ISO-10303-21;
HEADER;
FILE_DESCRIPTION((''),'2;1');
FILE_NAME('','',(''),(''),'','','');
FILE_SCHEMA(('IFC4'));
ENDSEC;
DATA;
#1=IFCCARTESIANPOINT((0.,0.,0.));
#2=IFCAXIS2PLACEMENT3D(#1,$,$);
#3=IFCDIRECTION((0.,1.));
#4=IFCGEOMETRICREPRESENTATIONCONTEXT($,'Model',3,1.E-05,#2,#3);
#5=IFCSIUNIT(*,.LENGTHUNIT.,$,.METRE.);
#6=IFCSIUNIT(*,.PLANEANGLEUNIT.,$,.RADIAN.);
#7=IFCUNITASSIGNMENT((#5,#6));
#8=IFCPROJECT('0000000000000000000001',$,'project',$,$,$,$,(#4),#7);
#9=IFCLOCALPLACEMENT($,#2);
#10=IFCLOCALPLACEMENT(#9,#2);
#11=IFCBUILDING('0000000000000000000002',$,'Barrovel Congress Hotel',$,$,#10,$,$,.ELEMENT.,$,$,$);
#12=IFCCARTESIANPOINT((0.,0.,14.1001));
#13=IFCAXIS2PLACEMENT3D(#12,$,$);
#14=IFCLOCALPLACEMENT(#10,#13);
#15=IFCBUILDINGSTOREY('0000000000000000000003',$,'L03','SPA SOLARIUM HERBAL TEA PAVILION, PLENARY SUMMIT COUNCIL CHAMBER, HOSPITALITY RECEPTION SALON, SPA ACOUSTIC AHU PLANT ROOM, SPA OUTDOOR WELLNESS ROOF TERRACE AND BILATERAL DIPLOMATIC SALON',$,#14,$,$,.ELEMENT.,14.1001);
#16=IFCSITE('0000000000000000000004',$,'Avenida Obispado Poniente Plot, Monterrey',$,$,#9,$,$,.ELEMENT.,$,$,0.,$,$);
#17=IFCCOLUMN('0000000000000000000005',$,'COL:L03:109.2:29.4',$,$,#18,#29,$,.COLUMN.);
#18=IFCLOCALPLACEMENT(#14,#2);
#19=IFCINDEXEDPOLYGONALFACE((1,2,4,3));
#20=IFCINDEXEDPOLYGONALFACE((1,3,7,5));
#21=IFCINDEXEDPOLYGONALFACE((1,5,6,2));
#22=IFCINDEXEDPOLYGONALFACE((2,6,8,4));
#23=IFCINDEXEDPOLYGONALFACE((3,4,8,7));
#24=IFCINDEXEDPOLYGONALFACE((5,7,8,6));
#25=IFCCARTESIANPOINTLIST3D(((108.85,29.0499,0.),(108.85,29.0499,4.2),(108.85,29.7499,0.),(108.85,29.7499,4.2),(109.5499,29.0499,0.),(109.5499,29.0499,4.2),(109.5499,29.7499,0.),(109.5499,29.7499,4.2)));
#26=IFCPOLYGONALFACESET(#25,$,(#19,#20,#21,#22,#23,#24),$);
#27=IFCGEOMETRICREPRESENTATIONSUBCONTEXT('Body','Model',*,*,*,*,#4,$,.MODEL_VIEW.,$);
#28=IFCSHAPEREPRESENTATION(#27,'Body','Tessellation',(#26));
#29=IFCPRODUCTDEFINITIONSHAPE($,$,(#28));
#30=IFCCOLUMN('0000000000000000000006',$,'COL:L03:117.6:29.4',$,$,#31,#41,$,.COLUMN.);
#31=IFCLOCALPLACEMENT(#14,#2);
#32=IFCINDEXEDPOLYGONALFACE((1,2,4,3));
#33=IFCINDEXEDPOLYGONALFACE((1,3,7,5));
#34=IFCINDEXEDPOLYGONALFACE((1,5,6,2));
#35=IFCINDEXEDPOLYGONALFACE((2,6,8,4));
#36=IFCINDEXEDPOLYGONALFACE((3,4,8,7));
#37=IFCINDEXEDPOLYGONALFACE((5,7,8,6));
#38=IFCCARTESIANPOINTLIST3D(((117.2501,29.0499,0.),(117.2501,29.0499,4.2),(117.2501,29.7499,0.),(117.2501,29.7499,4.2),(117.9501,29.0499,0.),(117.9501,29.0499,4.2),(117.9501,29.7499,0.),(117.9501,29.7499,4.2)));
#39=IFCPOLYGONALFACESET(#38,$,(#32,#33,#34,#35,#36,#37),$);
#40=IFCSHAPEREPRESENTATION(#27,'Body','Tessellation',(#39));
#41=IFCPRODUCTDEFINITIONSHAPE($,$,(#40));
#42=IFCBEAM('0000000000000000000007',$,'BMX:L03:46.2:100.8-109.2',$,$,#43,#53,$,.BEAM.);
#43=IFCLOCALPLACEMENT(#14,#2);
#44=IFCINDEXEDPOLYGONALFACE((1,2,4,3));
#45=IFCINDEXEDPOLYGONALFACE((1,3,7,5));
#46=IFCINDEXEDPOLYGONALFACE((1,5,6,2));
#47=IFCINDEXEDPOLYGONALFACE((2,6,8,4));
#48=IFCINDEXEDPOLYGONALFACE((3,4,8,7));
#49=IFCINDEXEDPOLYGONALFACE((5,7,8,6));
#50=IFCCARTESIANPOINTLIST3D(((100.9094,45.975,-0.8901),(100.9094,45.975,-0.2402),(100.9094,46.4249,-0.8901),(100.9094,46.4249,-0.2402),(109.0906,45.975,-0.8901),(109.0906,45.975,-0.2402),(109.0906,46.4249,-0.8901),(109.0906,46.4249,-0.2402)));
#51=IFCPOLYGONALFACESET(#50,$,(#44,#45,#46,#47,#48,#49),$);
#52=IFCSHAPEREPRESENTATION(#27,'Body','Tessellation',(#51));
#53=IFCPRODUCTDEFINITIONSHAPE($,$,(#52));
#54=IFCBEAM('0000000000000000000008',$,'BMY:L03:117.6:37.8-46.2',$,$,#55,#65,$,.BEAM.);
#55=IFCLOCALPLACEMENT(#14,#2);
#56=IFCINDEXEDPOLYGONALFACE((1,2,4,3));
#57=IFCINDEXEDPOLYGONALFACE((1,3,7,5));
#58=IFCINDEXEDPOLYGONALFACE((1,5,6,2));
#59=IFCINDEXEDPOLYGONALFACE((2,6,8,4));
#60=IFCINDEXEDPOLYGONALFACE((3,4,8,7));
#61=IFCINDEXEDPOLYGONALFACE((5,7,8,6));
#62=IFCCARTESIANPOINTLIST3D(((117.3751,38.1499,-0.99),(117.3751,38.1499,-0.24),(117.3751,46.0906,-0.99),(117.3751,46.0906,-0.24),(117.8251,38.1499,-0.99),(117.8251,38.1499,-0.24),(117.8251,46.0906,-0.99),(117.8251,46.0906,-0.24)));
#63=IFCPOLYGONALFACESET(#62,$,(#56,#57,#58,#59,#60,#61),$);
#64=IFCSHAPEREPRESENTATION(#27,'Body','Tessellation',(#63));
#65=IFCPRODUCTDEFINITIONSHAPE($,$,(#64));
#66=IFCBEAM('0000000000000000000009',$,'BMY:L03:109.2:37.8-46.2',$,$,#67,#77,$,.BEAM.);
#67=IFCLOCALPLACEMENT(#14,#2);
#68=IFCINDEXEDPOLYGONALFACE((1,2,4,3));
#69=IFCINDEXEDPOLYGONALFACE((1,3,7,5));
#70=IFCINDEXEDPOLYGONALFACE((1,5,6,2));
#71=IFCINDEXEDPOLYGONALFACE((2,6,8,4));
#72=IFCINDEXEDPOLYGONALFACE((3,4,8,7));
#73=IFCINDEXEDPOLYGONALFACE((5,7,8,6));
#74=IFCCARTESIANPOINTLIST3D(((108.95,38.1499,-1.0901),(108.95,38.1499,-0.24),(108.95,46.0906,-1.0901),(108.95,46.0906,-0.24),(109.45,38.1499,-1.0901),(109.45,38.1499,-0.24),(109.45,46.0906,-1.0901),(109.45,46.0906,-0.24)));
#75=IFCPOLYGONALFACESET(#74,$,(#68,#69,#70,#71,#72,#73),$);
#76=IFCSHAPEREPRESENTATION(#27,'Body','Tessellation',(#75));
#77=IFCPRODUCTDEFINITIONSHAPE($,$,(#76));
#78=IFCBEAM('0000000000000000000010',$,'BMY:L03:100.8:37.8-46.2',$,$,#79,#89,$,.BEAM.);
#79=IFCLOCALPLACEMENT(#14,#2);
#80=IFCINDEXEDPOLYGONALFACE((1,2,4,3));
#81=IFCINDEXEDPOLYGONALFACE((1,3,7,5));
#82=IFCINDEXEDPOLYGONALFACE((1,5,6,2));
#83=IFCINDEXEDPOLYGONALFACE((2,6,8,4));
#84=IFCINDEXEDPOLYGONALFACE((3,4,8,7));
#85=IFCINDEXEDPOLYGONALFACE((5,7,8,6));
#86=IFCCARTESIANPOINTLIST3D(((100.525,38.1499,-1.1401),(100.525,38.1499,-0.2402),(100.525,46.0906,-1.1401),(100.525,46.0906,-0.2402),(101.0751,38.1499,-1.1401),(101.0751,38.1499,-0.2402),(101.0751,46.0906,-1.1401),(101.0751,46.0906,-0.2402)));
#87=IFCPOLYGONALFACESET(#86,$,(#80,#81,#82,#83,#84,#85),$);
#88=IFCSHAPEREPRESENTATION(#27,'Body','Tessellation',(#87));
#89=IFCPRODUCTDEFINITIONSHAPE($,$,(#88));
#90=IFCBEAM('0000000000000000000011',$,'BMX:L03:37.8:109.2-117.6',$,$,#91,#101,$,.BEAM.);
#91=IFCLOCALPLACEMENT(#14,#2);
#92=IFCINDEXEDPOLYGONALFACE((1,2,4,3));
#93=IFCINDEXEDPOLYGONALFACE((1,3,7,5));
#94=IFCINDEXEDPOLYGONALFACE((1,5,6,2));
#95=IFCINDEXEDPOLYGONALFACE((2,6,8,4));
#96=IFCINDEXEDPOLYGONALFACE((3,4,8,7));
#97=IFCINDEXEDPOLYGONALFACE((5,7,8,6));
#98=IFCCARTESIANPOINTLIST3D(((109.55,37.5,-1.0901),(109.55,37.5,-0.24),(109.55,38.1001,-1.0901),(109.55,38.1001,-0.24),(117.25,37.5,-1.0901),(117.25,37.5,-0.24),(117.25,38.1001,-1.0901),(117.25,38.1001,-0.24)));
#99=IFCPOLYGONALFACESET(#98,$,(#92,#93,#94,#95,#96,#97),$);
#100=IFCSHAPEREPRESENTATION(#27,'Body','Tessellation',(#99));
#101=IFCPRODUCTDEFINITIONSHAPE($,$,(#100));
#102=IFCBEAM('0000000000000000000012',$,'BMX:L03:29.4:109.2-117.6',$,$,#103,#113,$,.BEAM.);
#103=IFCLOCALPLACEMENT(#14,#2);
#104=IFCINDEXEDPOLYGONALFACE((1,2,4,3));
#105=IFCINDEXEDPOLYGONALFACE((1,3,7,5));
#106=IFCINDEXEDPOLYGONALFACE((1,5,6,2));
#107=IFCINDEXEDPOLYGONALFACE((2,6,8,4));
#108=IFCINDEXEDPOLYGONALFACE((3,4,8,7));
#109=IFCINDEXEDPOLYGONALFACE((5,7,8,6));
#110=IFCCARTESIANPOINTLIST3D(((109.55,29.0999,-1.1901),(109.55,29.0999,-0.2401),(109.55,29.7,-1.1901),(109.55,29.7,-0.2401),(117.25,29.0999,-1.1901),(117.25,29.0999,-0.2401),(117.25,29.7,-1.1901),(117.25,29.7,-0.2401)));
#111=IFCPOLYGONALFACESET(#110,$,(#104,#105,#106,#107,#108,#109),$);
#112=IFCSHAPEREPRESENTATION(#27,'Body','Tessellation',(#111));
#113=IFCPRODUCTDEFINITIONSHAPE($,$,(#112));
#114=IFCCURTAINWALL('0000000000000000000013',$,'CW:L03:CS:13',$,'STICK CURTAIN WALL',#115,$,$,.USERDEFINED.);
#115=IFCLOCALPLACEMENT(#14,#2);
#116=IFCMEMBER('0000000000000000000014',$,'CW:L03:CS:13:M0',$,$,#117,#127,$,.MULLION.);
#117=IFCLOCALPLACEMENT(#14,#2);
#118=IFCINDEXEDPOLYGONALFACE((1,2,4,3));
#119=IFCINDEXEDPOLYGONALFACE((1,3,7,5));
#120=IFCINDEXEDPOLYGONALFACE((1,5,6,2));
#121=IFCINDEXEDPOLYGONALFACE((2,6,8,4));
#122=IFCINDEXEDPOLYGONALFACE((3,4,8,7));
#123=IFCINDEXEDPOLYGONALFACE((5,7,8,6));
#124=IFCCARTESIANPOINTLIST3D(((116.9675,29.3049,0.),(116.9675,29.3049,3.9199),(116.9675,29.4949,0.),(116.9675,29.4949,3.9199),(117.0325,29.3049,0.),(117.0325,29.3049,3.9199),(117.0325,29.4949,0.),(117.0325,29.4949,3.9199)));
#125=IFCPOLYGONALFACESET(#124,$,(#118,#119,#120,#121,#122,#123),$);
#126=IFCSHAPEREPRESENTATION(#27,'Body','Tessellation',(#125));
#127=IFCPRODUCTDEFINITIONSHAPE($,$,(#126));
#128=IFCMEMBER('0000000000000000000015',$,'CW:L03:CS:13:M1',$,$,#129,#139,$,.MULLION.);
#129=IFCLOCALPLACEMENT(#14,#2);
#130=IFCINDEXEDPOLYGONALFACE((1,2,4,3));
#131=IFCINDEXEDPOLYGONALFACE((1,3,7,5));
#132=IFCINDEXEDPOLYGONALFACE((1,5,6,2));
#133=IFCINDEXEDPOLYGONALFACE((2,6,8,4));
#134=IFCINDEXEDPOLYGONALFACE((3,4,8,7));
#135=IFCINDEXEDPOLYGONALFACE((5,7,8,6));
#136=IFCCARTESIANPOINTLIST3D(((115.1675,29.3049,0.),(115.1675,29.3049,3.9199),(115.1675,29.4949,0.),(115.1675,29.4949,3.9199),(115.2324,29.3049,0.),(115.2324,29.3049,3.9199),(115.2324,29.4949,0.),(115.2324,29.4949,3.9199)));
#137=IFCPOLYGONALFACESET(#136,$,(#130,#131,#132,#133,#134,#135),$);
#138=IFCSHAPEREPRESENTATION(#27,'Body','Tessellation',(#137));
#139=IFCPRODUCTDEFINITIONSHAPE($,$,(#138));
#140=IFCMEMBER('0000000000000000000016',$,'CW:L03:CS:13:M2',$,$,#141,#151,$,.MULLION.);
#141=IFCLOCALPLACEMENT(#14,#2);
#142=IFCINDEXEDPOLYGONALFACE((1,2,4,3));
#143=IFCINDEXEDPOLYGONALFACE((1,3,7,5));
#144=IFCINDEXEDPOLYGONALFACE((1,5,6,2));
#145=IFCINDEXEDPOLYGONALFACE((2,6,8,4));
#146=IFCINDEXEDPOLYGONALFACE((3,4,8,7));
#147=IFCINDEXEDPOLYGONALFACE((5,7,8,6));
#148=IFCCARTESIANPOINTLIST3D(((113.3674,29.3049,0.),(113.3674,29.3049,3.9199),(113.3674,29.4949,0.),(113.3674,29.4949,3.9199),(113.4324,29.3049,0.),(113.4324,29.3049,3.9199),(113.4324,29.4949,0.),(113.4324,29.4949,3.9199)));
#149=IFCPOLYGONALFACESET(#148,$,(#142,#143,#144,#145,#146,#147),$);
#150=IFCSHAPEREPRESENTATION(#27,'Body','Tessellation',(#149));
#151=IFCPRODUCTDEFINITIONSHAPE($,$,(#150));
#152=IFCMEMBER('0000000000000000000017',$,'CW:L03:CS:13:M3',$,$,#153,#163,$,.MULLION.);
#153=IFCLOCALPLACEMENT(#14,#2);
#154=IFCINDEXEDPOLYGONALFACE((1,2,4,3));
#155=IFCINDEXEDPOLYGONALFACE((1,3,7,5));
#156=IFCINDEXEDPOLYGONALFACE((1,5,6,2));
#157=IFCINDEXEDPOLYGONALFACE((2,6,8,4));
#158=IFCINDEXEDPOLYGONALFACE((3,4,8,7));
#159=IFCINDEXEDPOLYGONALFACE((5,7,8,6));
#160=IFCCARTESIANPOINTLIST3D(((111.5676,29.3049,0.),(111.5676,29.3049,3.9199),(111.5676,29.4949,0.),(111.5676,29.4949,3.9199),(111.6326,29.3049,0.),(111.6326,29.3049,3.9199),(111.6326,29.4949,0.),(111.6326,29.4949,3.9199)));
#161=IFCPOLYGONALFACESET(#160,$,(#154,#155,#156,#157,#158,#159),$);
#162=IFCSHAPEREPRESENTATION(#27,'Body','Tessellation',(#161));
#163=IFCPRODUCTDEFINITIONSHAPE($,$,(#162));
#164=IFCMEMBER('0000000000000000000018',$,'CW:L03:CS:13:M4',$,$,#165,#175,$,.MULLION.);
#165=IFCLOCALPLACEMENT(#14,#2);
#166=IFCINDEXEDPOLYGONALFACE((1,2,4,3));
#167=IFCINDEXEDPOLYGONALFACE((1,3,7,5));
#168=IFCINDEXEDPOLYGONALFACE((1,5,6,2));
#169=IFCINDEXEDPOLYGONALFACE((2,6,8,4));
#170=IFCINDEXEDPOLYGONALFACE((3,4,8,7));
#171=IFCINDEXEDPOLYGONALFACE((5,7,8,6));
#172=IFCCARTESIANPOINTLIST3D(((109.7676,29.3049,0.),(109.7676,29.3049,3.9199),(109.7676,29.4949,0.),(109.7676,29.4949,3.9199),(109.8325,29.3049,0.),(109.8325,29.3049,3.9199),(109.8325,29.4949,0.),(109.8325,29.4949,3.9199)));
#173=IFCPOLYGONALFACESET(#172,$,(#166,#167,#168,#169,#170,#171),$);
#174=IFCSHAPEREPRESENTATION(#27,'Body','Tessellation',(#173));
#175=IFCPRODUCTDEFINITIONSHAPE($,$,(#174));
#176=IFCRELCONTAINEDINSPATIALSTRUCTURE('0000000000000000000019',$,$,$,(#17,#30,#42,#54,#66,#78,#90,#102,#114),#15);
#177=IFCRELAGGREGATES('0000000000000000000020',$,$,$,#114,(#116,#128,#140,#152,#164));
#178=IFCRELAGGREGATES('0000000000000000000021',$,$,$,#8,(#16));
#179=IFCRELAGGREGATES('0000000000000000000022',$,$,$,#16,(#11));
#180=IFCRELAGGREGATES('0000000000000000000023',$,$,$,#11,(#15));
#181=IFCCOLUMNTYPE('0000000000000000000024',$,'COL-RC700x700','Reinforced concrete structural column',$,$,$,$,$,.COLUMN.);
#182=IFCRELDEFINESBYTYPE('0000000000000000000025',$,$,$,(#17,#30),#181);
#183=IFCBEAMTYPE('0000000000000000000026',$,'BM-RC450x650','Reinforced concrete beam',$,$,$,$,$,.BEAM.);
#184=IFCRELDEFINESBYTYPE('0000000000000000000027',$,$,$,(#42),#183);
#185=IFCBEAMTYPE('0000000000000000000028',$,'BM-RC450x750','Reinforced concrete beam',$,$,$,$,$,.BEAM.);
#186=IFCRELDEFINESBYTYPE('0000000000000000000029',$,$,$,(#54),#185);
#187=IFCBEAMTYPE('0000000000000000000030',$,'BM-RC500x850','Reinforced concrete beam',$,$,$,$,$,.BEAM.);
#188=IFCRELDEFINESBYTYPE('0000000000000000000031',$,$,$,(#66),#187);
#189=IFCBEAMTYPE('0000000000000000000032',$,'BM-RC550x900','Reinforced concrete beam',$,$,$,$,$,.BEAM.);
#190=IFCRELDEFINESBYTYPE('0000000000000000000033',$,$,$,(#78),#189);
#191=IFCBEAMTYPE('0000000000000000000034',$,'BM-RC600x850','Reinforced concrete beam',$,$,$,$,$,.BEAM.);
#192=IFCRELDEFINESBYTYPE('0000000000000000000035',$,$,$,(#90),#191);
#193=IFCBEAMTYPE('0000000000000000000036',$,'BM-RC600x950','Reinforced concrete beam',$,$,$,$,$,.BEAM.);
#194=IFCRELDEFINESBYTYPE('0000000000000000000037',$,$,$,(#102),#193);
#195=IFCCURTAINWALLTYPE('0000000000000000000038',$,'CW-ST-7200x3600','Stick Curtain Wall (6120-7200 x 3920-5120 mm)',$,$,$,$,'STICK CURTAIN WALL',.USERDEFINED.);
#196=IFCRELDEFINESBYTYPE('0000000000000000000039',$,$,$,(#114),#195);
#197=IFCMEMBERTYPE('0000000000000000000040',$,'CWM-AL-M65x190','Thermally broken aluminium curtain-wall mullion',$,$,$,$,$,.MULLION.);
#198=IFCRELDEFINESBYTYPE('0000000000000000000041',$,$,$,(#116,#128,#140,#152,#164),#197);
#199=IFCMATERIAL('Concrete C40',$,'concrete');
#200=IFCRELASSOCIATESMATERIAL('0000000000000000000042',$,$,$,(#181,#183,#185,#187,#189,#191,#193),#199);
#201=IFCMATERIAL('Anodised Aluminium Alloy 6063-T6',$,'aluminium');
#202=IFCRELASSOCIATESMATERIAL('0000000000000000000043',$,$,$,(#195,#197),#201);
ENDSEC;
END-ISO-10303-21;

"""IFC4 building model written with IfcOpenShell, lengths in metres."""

from ifc_helpers import new_model, si_unit, direction, frame, origin, origin_2d, place, context, subcontext, project, spatial, rectangle, extrude, material, material_profile, profile_set, type_object, element, aggregate, save


model = new_model("IFC4")

# Units and contexts
model_context = context("Model", 3, precision=1e-05, world=origin(), true_north=direction((0.0, 1.0)))
body_context = subcontext(model_context, "Body", "Model", "MODEL_VIEW")
ifc_project = project(units=[si_unit("LENGTHUNIT", "METRE"), si_unit("PLANEANGLEUNIT", "RADIAN")], contexts=[model_context])

# Site, building, storey
site_placement = place(None, origin())
site = spatial("IfcSite", under=ifc_project, at=site_placement, Name="Avenida Obispado Poniente Plot, Monterrey", CompositionType="ELEMENT", RefElevation=0.0)
building_placement = place(site_placement, origin())
building = spatial("IfcBuilding", under=site, at=building_placement, Name="Barrovel Congress Hotel", CompositionType="ELEMENT")
storey_placement = place(building_placement, frame((0.0, 0.0, 14.1001)))
storey = spatial("IfcBuildingStorey", under=building, at=storey_placement, Name="L03", Description="SPA SOLARIUM HERBAL TEA PAVILION, PLENARY SUMMIT COUNCIL CHAMBER, HOSPITALITY RECEPTION SALON, SPA ACOUSTIC AHU PLANT ROOM, SPA OUTDOOR WELLNESS ROOF TERRACE AND BILATERAL DIPLOMATIC SALON", CompositionType="ELEMENT", Elevation=14.1001)

# Columns
ifc_material_1 = material(Name="Concrete C40", Category="concrete")
ifc_material_profile_1 = material_profile(ifc_material_1, rectangle(XDim=0.7, YDim=0.7, at=origin_2d()), Name="RC700x700")
ifc_profile_set_1 = profile_set([ifc_material_profile_1], Name="Concrete C40")
column_type = type_object("IfcColumnType", Name="COL-RC700x700", Description="Reinforced concrete structural column", PredefinedType="COLUMN", material=ifc_profile_set_1)
for number, where, z_axis, x_axis, name in (
    (1, (109.2, 29.3999, 0.0), (0.0, 0.0, 1.0), (1.0, 0.0, 0.0), "COL:L03:109.2:29.4"),
    (2, (117.6001, 29.3999, 0.0), (0.0, 0.0, 1.0), (1.0, 0.0, 0.0), "COL:L03:117.6:29.4"),
):
    element("IfcColumn", number, at=place(storey_placement, frame(where, z_axis=z_axis, x_axis=x_axis)), inside=storey, type_object=column_type, Name=name, PredefinedType="COLUMN", context=body_context, shape_type="SweptSolid", body=[
        extrude(rectangle(XDim=0.7, YDim=0.7, at=origin_2d()), origin(), (0.0, 0.0, 1.0), 4.2),
    ])

# Beams
ifc_material_profile_2 = material_profile(ifc_material_1, rectangle(XDim=0.45, YDim=0.6499, at=origin_2d()), Name="RC450x650")
ifc_profile_set_2 = profile_set([ifc_material_profile_2], Name="Concrete C40")
beam_type_1 = type_object("IfcBeamType", Name="BM-RC450x650", Description="Reinforced concrete beam", PredefinedType="BEAM", material=ifc_profile_set_2)
beam_1_placement = place(storey_placement, frame((100.9094, 46.2, -0.5652), z_axis=(1.0, 0.0, 0.0), x_axis=(0.0, 1.0, 0.0)))
element("IfcBeam", 3, at=beam_1_placement, inside=storey, type_object=beam_type_1, Name="BMX:L03:46.2:100.8-109.2", PredefinedType="BEAM", context=body_context, shape_type="SweptSolid", body=[
    extrude(rectangle(XDim=0.45, YDim=0.6499, at=origin_2d()), origin(), (0.0, 0.0, 1.0), 8.1812),
])
ifc_material_profile_3 = material_profile(ifc_material_1, rectangle(XDim=0.45, YDim=0.75, at=origin_2d()), Name="RC450x750")
ifc_profile_set_3 = profile_set([ifc_material_profile_3], Name="Concrete C40")
beam_type_2 = type_object("IfcBeamType", Name="BM-RC450x750", Description="Reinforced concrete beam", PredefinedType="BEAM", material=ifc_profile_set_3)
beam_2_placement = place(storey_placement, frame((117.6001, 38.1499, -0.615), z_axis=(0.0, 1.0, 0.0), x_axis=(-1.0, 0.0, 0.0)))
element("IfcBeam", 4, at=beam_2_placement, inside=storey, type_object=beam_type_2, Name="BMY:L03:117.6:37.8-46.2", PredefinedType="BEAM", context=body_context, shape_type="SweptSolid", body=[
    extrude(rectangle(XDim=0.45, YDim=0.75, at=origin_2d()), origin(), (0.0, 0.0, 1.0), 7.9407),
])
ifc_material_profile_4 = material_profile(ifc_material_1, rectangle(XDim=0.5, YDim=0.8501, at=origin_2d()), Name="RC500x850")
ifc_profile_set_4 = profile_set([ifc_material_profile_4], Name="Concrete C40")
beam_type_3 = type_object("IfcBeamType", Name="BM-RC500x850", Description="Reinforced concrete beam", PredefinedType="BEAM", material=ifc_profile_set_4)
beam_3_placement = place(storey_placement, frame((109.2, 38.1499, -0.665), z_axis=(0.0, 1.0, 0.0), x_axis=(-1.0, 0.0, 0.0)))
element("IfcBeam", 5, at=beam_3_placement, inside=storey, type_object=beam_type_3, Name="BMY:L03:109.2:37.8-46.2", PredefinedType="BEAM", context=body_context, shape_type="SweptSolid", body=[
    extrude(rectangle(XDim=0.5, YDim=0.8501, at=origin_2d()), origin(), (0.0, 0.0, 1.0), 7.9407),
])
ifc_material_profile_5 = material_profile(ifc_material_1, rectangle(XDim=0.55, YDim=0.8999, at=origin_2d()), Name="RC550x900")
ifc_profile_set_5 = profile_set([ifc_material_profile_5], Name="Concrete C40")
beam_type_4 = type_object("IfcBeamType", Name="BM-RC550x900", Description="Reinforced concrete beam", PredefinedType="BEAM", material=ifc_profile_set_5)
beam_4_placement = place(storey_placement, frame((100.8, 38.1499, -0.6902), z_axis=(0.0, 1.0, 0.0), x_axis=(-1.0, 0.0, 0.0)))
element("IfcBeam", 6, at=beam_4_placement, inside=storey, type_object=beam_type_4, Name="BMY:L03:100.8:37.8-46.2", PredefinedType="BEAM", context=body_context, shape_type="SweptSolid", body=[
    extrude(rectangle(XDim=0.55, YDim=0.8999, at=origin_2d()), origin(), (0.0, 0.0, 1.0), 7.9407),
])
ifc_material_profile_6 = material_profile(ifc_material_1, rectangle(XDim=0.6001, YDim=0.8501, at=origin_2d()), Name="RC600x850")
ifc_profile_set_6 = profile_set([ifc_material_profile_6], Name="Concrete C40")
beam_type_5 = type_object("IfcBeamType", Name="BM-RC600x850", Description="Reinforced concrete beam", PredefinedType="BEAM", material=ifc_profile_set_6)
beam_5_placement = place(storey_placement, frame((109.55, 37.8, -0.665), z_axis=(1.0, 0.0, 0.0), x_axis=(0.0, 1.0, 0.0)))
element("IfcBeam", 7, at=beam_5_placement, inside=storey, type_object=beam_type_5, Name="BMX:L03:37.8:109.2-117.6", PredefinedType="BEAM", context=body_context, shape_type="SweptSolid", body=[
    extrude(rectangle(XDim=0.6001, YDim=0.8501, at=origin_2d()), origin(), (0.0, 0.0, 1.0), 7.7),
])
ifc_material_profile_7 = material_profile(ifc_material_1, rectangle(XDim=0.6001, YDim=0.95, at=origin_2d()), Name="RC600x950")
ifc_profile_set_7 = profile_set([ifc_material_profile_7], Name="Concrete C40")
beam_type_6 = type_object("IfcBeamType", Name="BM-RC600x950", Description="Reinforced concrete beam", PredefinedType="BEAM", material=ifc_profile_set_7)
beam_6_placement = place(storey_placement, frame((109.55, 29.3999, -0.7151), z_axis=(1.0, 0.0, 0.0), x_axis=(0.0, 1.0, 0.0)))
element("IfcBeam", 8, at=beam_6_placement, inside=storey, type_object=beam_type_6, Name="BMX:L03:29.4:109.2-117.6", PredefinedType="BEAM", context=body_context, shape_type="SweptSolid", body=[
    extrude(rectangle(XDim=0.6001, YDim=0.95, at=origin_2d()), origin(), (0.0, 0.0, 1.0), 7.7),
])

# Curtain wall, members
ifc_material_2 = material(Name="Anodised Aluminium Alloy 6063-T6", Category="aluminium")
curtain_wall_type = type_object("IfcCurtainWallType", Name="CW-ST-7200x3600", Description="Stick Curtain Wall (6120-7200 x 3920-5120 mm)", ElementType="STICK CURTAIN WALL", PredefinedType="USERDEFINED", material=ifc_material_2)
curtain_wall_1_placement = place(storey_placement, origin())
curtain_wall_1 = element("IfcCurtainWall", 9, at=curtain_wall_1_placement, inside=storey, type_object=curtain_wall_type, Name="CW:L03:CS:13", ObjectType="STICK CURTAIN WALL", PredefinedType="USERDEFINED")
ifc_material_profile_8 = material_profile(ifc_material_2, rectangle(XDim=0.0649, YDim=0.1899, at=origin_2d()), Name="AL-M65x190")
ifc_profile_set_8 = profile_set([ifc_material_profile_8], Name="Anodised Aluminium Alloy 6063-T6")
member_type_1 = type_object("IfcMemberType", Name="CWM-AL-M65x190", Description="Thermally broken aluminium curtain-wall mullion", PredefinedType="MULLION", material=ifc_profile_set_8)
member_1_placement = place(storey_placement, frame((117.0, 29.3999, 0.0), z_axis=(0.0, 0.0, 1.0), x_axis=(1.0, 0.0, 0.0)))
member_1 = element("IfcMember", 10, at=member_1_placement, type_object=member_type_1, Name="CW:L03:CS:13:M0", PredefinedType="MULLION", context=body_context, shape_type="SweptSolid", body=[
    extrude(rectangle(XDim=0.0649, YDim=0.1899, at=origin_2d()), origin(), (0.0, 0.0, 1.0), 3.9199),
])
member_2_placement = place(storey_placement, frame((115.2, 29.3999, 0.0), z_axis=(0.0, 0.0, 1.0), x_axis=(1.0, 0.0, 0.0)))
member_2 = element("IfcMember", 11, at=member_2_placement, type_object=member_type_1, Name="CW:L03:CS:13:M1", PredefinedType="MULLION", context=body_context, shape_type="SweptSolid", body=[
    extrude(rectangle(XDim=0.0649, YDim=0.1899, at=origin_2d()), origin(), (0.0, 0.0, 1.0), 3.9199),
])
member_3_placement = place(storey_placement, frame((113.3999, 29.3999, 0.0), z_axis=(0.0, 0.0, 1.0), x_axis=(1.0, 0.0, 0.0)))
member_3 = element("IfcMember", 12, at=member_3_placement, type_object=member_type_1, Name="CW:L03:CS:13:M2", PredefinedType="MULLION", context=body_context, shape_type="SweptSolid", body=[
    extrude(rectangle(XDim=0.0649, YDim=0.1899, at=origin_2d()), origin(), (0.0, 0.0, 1.0), 3.9199),
])
member_4_placement = place(storey_placement, frame((111.6001, 29.3999, 0.0), z_axis=(0.0, 0.0, 1.0), x_axis=(1.0, 0.0, 0.0)))
member_4 = element("IfcMember", 13, at=member_4_placement, type_object=member_type_1, Name="CW:L03:CS:13:M3", PredefinedType="MULLION", context=body_context, shape_type="SweptSolid", body=[
    extrude(rectangle(XDim=0.0649, YDim=0.1899, at=origin_2d()), origin(), (0.0, 0.0, 1.0), 3.9199),
])
member_5_placement = place(storey_placement, frame((109.8, 29.3999, 0.0), z_axis=(0.0, 0.0, 1.0), x_axis=(1.0, 0.0, 0.0)))
member_5 = element("IfcMember", 14, at=member_5_placement, type_object=member_type_1, Name="CW:L03:CS:13:M4", PredefinedType="MULLION", context=body_context, shape_type="SweptSolid", body=[
    extrude(rectangle(XDim=0.0649, YDim=0.1899, at=origin_2d()), origin(), (0.0, 0.0, 1.0), 3.9199),
])

aggregate(curtain_wall_1, [member_1, member_2, member_3, member_4, member_5])

save(model, "model.ifc")
